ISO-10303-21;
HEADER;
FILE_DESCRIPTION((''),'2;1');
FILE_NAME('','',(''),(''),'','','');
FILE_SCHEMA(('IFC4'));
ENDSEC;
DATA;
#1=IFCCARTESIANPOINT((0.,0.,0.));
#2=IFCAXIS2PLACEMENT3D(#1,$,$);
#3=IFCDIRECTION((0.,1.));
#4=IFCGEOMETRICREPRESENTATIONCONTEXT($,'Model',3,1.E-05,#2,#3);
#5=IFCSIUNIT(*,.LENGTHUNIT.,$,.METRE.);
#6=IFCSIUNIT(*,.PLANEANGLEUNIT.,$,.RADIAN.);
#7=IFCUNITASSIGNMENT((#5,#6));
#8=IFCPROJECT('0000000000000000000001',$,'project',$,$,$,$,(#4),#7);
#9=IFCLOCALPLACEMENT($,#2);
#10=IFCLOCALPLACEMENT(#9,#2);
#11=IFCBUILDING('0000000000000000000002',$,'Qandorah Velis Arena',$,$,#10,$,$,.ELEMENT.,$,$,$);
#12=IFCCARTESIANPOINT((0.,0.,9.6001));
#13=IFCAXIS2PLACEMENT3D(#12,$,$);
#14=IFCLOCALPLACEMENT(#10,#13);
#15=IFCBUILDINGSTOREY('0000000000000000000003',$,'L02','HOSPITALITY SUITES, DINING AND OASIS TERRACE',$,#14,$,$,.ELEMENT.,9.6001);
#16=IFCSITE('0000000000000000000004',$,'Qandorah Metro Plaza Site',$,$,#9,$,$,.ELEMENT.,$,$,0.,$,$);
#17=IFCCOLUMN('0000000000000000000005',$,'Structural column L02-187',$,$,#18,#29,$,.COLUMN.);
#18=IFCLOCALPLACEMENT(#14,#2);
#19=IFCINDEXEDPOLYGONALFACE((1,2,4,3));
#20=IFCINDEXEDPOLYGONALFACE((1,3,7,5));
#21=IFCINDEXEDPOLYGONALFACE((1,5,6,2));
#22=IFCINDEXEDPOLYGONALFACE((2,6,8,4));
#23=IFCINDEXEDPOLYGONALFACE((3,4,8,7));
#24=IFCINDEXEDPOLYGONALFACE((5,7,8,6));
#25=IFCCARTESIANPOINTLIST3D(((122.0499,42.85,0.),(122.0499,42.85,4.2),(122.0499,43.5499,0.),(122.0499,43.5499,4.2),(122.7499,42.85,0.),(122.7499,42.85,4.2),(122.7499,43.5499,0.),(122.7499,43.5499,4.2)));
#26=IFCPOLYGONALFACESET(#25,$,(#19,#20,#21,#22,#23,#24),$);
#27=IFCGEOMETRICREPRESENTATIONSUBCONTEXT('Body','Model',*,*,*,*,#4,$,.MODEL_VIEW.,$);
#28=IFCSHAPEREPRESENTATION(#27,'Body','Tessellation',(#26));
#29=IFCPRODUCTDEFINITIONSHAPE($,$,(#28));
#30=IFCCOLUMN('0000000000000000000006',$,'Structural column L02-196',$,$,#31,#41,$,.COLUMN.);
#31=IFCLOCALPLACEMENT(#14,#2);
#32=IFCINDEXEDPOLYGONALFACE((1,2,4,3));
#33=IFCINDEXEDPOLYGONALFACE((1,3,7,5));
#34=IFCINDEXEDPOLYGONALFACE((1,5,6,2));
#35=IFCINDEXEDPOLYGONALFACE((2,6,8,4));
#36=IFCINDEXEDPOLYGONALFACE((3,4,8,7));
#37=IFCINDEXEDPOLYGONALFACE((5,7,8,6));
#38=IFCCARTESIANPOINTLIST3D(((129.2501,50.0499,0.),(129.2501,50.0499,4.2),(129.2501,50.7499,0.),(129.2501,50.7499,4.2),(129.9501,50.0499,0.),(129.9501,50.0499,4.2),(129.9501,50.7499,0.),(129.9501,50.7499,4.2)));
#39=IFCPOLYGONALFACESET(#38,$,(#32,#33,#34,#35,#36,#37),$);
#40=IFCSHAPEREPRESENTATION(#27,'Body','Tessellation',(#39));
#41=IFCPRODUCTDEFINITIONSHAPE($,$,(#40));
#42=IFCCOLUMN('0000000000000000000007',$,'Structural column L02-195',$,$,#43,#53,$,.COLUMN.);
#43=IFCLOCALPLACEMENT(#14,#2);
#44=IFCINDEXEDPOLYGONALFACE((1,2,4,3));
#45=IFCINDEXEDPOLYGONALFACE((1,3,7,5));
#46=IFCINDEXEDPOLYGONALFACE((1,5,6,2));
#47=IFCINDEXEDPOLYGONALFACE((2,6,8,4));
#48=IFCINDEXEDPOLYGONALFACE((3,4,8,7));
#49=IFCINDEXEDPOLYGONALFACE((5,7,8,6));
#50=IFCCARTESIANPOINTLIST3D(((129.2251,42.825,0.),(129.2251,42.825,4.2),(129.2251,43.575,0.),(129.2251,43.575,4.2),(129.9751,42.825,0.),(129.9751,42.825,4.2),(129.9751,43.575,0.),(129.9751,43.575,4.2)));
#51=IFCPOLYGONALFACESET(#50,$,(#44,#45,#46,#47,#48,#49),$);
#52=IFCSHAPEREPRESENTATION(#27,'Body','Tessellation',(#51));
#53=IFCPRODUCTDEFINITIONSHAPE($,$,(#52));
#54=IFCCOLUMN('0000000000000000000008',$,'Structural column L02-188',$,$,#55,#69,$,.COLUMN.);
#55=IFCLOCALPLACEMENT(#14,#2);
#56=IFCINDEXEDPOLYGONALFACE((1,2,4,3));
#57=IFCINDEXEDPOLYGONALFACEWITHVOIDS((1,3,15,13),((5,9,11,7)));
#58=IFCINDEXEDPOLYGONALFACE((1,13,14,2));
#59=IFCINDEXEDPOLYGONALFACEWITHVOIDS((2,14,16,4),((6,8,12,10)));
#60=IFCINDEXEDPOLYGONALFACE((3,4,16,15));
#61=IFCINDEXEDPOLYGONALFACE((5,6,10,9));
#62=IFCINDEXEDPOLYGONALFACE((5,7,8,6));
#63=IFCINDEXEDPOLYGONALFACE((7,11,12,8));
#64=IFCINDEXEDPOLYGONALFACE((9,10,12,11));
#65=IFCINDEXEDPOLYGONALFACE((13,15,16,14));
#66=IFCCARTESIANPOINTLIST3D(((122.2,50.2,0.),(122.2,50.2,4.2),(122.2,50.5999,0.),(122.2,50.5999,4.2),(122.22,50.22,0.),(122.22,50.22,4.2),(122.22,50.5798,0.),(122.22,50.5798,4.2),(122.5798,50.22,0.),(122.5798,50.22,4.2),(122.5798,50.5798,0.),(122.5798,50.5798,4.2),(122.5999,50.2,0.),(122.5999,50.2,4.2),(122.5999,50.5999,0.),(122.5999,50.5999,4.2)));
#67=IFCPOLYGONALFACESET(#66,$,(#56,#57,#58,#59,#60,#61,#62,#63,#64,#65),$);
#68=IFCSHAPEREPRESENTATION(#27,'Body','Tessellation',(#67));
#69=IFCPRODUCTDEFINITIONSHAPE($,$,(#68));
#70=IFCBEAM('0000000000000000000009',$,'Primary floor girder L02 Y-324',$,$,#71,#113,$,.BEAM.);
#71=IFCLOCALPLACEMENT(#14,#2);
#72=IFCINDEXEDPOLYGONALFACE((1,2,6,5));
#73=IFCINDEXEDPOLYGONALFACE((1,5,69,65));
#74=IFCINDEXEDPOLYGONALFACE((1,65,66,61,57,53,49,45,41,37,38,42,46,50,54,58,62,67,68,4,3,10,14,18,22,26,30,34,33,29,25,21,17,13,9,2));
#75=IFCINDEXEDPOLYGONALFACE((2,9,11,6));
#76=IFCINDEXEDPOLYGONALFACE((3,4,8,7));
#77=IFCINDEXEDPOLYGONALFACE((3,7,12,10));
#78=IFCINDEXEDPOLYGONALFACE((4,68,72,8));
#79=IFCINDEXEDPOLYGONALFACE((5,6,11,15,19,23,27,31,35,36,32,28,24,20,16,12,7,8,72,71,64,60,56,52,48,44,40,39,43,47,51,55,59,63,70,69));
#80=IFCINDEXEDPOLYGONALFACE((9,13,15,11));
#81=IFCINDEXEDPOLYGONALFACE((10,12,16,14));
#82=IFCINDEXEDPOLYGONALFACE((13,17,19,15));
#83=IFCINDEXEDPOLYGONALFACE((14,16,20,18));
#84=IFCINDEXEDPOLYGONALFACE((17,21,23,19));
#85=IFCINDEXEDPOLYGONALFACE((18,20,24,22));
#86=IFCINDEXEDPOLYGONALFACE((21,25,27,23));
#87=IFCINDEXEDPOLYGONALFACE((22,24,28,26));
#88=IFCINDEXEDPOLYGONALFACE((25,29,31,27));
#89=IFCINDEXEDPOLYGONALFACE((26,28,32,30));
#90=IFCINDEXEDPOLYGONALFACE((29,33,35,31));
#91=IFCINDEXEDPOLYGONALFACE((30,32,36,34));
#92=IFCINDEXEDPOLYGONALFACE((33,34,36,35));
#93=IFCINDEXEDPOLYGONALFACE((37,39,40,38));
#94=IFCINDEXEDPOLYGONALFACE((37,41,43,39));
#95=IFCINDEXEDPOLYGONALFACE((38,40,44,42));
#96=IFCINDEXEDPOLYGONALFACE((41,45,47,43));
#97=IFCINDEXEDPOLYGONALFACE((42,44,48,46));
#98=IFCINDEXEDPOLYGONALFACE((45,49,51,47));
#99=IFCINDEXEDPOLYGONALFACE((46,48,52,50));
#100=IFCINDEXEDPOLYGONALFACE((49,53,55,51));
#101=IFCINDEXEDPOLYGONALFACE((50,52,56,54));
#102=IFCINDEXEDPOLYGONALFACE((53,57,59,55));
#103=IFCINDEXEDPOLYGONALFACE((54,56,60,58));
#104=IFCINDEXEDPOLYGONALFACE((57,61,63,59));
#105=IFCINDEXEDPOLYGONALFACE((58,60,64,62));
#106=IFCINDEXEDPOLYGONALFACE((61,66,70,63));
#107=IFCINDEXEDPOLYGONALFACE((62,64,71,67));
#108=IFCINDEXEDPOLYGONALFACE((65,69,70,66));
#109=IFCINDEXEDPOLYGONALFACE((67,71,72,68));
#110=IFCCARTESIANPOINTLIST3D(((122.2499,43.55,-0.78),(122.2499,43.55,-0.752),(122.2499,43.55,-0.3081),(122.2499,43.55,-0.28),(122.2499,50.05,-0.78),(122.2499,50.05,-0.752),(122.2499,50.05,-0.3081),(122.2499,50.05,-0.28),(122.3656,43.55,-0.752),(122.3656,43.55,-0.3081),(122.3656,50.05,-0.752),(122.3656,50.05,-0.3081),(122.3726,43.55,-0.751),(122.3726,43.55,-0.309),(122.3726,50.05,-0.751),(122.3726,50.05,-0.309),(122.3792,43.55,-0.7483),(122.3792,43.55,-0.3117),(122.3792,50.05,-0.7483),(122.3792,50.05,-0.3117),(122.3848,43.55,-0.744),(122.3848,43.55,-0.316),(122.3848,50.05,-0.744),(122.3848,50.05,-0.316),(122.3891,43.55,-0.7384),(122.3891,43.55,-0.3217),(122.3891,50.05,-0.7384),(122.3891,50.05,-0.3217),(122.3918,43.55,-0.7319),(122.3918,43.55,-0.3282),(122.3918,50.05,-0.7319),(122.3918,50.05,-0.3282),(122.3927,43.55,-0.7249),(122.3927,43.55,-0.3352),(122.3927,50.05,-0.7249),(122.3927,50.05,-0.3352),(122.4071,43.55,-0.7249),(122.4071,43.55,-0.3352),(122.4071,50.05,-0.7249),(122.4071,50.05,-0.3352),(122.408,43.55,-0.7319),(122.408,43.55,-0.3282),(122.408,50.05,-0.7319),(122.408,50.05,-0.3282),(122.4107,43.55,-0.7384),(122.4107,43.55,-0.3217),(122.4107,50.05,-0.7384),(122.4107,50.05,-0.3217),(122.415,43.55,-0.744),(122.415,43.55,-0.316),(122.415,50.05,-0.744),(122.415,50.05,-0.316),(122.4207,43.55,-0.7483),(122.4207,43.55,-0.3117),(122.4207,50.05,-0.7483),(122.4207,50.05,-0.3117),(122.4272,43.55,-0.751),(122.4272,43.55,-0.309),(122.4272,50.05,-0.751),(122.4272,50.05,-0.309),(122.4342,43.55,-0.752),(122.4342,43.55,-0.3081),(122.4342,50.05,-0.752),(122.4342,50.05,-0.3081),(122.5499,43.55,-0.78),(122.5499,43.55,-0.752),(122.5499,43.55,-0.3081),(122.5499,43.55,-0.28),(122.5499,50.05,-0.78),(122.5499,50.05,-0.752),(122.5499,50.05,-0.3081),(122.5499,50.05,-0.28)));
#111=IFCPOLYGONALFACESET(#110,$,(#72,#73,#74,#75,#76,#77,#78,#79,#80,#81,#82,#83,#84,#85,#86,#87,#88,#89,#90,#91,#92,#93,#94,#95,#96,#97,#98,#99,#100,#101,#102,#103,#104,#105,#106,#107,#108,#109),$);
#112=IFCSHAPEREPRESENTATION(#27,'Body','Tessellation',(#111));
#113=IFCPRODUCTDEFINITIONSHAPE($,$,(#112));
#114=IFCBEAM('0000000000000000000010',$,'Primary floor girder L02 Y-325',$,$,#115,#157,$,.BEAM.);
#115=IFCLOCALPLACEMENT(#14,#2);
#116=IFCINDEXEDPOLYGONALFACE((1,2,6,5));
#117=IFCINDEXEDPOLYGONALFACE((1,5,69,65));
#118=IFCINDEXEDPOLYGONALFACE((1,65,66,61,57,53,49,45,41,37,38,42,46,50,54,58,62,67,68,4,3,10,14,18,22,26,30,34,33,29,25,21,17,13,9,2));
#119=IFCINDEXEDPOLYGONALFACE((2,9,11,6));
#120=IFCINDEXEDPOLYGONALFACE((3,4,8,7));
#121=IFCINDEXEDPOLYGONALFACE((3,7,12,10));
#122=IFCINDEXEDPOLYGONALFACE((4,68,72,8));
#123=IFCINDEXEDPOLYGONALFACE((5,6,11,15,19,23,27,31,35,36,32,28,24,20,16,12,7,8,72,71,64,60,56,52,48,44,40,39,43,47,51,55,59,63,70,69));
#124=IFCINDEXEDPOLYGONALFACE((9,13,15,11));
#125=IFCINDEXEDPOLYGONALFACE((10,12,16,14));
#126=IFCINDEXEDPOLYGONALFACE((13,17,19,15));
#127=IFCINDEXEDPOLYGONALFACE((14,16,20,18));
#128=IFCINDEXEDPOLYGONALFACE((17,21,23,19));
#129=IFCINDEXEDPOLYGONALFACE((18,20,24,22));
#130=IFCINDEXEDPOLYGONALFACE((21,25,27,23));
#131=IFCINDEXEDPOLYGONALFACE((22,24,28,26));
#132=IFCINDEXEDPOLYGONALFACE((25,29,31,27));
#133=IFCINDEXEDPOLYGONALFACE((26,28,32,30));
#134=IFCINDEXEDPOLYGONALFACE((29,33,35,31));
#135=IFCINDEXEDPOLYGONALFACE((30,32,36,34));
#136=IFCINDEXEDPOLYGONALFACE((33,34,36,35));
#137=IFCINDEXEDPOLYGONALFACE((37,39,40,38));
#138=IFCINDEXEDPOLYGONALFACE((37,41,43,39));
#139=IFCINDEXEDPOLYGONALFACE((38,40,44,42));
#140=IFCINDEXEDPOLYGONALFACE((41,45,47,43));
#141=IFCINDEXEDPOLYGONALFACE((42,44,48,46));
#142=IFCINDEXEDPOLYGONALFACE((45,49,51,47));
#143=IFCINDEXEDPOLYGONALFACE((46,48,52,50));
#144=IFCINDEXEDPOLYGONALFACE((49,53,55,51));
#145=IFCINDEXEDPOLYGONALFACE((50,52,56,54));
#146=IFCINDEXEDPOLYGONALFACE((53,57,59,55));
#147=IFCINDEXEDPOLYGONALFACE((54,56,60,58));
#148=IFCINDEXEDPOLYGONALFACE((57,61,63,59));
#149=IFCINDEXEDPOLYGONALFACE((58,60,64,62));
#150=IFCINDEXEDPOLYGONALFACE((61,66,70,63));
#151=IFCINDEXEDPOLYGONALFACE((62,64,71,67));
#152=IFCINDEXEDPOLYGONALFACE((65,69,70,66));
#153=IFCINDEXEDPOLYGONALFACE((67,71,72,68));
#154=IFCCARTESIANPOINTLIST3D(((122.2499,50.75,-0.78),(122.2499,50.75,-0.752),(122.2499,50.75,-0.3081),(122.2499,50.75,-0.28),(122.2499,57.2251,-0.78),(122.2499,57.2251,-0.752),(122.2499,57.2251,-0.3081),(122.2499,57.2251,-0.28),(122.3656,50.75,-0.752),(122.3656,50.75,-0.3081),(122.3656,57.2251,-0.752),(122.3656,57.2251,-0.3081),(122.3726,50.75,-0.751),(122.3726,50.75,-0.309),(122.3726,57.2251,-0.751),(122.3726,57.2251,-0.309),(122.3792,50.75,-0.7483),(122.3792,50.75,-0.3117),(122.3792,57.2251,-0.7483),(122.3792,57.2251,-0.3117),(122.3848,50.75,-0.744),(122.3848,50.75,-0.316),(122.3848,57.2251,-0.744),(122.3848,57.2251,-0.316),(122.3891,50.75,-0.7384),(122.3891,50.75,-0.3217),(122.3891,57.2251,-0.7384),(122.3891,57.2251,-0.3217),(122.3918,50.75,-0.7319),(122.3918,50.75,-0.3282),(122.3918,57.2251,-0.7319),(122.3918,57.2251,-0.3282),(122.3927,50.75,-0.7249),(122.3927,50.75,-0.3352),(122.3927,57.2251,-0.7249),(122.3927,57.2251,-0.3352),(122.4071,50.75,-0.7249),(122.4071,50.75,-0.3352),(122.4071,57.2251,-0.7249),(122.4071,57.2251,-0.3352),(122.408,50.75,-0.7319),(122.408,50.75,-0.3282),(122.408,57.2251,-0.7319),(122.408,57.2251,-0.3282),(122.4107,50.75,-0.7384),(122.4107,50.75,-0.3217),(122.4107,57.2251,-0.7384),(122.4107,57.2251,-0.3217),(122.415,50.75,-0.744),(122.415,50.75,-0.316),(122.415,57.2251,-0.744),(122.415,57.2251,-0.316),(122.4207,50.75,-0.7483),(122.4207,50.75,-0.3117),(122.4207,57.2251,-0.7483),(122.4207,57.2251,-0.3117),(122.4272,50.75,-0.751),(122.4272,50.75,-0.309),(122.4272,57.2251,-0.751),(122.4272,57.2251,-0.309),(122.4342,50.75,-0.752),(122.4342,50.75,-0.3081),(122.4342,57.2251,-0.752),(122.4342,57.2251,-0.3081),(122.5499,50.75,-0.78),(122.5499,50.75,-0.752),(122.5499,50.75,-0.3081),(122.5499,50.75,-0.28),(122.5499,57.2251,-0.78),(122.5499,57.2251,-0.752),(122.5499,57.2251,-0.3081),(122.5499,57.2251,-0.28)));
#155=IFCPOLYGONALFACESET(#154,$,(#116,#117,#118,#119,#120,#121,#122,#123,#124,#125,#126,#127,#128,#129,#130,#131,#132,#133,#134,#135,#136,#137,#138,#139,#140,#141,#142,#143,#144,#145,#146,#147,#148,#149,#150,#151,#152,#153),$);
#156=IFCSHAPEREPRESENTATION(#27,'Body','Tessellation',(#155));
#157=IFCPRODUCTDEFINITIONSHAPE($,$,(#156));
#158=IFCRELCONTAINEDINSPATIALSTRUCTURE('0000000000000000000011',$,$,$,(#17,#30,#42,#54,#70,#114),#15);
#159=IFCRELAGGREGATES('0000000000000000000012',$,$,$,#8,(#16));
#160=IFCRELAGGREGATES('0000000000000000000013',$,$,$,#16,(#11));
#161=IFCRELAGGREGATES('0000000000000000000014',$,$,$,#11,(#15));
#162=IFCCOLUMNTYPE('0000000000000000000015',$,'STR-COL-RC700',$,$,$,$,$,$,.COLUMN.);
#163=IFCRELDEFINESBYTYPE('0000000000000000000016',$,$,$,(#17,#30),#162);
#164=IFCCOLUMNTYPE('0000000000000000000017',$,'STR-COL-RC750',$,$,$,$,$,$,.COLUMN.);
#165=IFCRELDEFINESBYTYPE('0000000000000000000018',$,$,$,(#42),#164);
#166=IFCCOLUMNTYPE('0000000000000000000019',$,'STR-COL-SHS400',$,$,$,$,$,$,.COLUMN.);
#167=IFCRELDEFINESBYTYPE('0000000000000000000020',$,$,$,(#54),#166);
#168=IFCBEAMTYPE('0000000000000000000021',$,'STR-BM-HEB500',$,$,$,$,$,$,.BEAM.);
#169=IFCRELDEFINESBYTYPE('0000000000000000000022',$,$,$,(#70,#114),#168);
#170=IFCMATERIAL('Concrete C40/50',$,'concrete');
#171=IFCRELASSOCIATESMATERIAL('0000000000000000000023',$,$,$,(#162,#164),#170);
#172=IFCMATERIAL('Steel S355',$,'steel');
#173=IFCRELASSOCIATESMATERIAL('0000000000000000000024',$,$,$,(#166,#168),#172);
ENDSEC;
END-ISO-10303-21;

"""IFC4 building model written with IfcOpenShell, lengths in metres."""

from ifc_helpers import new_model, si_unit, direction, frame, origin, origin_2d, place, context, subcontext, project, spatial, rectangle, hollow_rectangle, i_section, extrude, material, material_profile, profile_set, type_object, element, save


model = new_model("IFC4")

# Units and contexts
model_context = context("Model", 3, precision=1e-05, world=origin(), true_north=direction((0.0, 1.0)))
body_context = subcontext(model_context, "Body", "Model", "MODEL_VIEW")
ifc_project = project(units=[si_unit("LENGTHUNIT", "METRE"), si_unit("PLANEANGLEUNIT", "RADIAN")], contexts=[model_context])

# Site, building, storey
site_placement = place(None, origin())
site = spatial("IfcSite", under=ifc_project, at=site_placement, Name="Qandorah Metro Plaza Site", CompositionType="ELEMENT", RefElevation=0.0)
building_placement = place(site_placement, origin())
building = spatial("IfcBuilding", under=site, at=building_placement, Name="Qandorah Velis Arena", CompositionType="ELEMENT")
storey_placement = place(building_placement, frame((0.0, 0.0, 9.6001)))
storey = spatial("IfcBuildingStorey", under=building, at=storey_placement, Name="L02", Description="HOSPITALITY SUITES, DINING AND OASIS TERRACE", CompositionType="ELEMENT", Elevation=9.6001)

# Columns
ifc_material_1 = material(Name="Concrete C40/50", Category="concrete")
ifc_material_profile_1 = material_profile(ifc_material_1, rectangle(XDim=0.7, YDim=0.7, at=origin_2d()), Name="RC COL 700x700")
ifc_profile_set_1 = profile_set([ifc_material_profile_1], Name="Concrete C40/50")
column_type_1 = type_object("IfcColumnType", Name="STR-COL-RC700", PredefinedType="COLUMN", material=ifc_profile_set_1)
for number, where, z_axis, x_axis, name in (
    (1, (122.3999, 43.2, 0.0), (0.0, 0.0, 1.0), (1.0, 0.0, 0.0), "Structural column L02-187"),
    (2, (129.6001, 50.3999, 0.0), (0.0, 0.0, 1.0), (1.0, 0.0, 0.0), "Structural column L02-196"),
):
    element("IfcColumn", number, at=place(storey_placement, frame(where, z_axis=z_axis, x_axis=x_axis)), inside=storey, type_object=column_type_1, Name=name, PredefinedType="COLUMN", context=body_context, shape_type="SweptSolid", body=[
        extrude(rectangle(XDim=0.7, YDim=0.7, at=origin_2d()), origin(), (0.0, 0.0, 1.0), 4.2),
    ])
ifc_material_profile_2 = material_profile(ifc_material_1, rectangle(XDim=0.75, YDim=0.75, at=origin_2d()), Name="RC COL 750x750")
ifc_profile_set_2 = profile_set([ifc_material_profile_2], Name="Concrete C40/50")
column_type_2 = type_object("IfcColumnType", Name="STR-COL-RC750", PredefinedType="COLUMN", material=ifc_profile_set_2)
column_1_placement = place(storey_placement, frame((129.6001, 43.2, 0.0), z_axis=(0.0, 0.0, 1.0), x_axis=(1.0, 0.0, 0.0)))
element("IfcColumn", 3, at=column_1_placement, inside=storey, type_object=column_type_2, Name="Structural column L02-195", PredefinedType="COLUMN", context=body_context, shape_type="SweptSolid", body=[
    extrude(rectangle(XDim=0.75, YDim=0.75, at=origin_2d()), origin(), (0.0, 0.0, 1.0), 4.2),
])
ifc_material_2 = material(Name="Steel S355", Category="steel")
ifc_material_profile_3 = material_profile(ifc_material_2, hollow_rectangle(XDim=0.3999, YDim=0.3999, WallThickness=0.02, at=origin_2d()), Name="SHS 400x400x20")
ifc_profile_set_3 = profile_set([ifc_material_profile_3], Name="Steel S355")
column_type_3 = type_object("IfcColumnType", Name="STR-COL-SHS400", PredefinedType="COLUMN", material=ifc_profile_set_3)
column_2_placement = place(storey_placement, frame((122.3999, 50.3999, 0.0), z_axis=(0.0, 0.0, 1.0), x_axis=(1.0, 0.0, 0.0)))
element("IfcColumn", 4, at=column_2_placement, inside=storey, type_object=column_type_3, Name="Structural column L02-188", PredefinedType="COLUMN", context=body_context, shape_type="SweptSolid", body=[
    extrude(hollow_rectangle(XDim=0.3999, YDim=0.3999, WallThickness=0.02, at=origin_2d()), origin(), (0.0, 0.0, 1.0), 4.2),
])

# Beams
ifc_material_profile_4 = material_profile(ifc_material_2, i_section(OverallWidth=0.3, OverallDepth=0.5, WebThickness=0.0144, FlangeThickness=0.0281, FilletRadius=0.0271, at=origin_2d()), Name="HEB 500")
ifc_profile_set_4 = profile_set([ifc_material_profile_4], Name="Steel S355")
beam_type_1 = type_object("IfcBeamType", Name="STR-BM-HEB500", PredefinedType="BEAM", material=ifc_profile_set_4)
beam_1_placement = place(storey_placement, frame((122.3999, 43.55, -0.53), z_axis=(0.0, 1.0, 0.0), x_axis=(-1.0, 0.0, 0.0)))
element("IfcBeam", 5, at=beam_1_placement, inside=storey, type_object=beam_type_1, Name="Primary floor girder L02 Y-324", PredefinedType="BEAM", context=body_context, shape_type="SweptSolid", body=[
    extrude(i_section(OverallWidth=0.3, OverallDepth=0.5, WebThickness=0.0144, FlangeThickness=0.0281, FilletRadius=0.0271, at=origin_2d()), origin(), (0.0, 0.0, 1.0), 6.5),
])
beam_2_placement = place(storey_placement, frame((122.3999, 50.75, -0.53), z_axis=(0.0, 1.0, 0.0), x_axis=(-1.0, 0.0, 0.0)))
element("IfcBeam", 6, at=beam_2_placement, inside=storey, type_object=beam_type_1, Name="Primary floor girder L02 Y-325", PredefinedType="BEAM", context=body_context, shape_type="SweptSolid", body=[
    extrude(i_section(OverallWidth=0.3, OverallDepth=0.5, WebThickness=0.0144, FlangeThickness=0.0281, FilletRadius=0.0271, at=origin_2d()), origin(), (0.0, 0.0, 1.0), 6.4751),
])

save(model, "model.ifc")
